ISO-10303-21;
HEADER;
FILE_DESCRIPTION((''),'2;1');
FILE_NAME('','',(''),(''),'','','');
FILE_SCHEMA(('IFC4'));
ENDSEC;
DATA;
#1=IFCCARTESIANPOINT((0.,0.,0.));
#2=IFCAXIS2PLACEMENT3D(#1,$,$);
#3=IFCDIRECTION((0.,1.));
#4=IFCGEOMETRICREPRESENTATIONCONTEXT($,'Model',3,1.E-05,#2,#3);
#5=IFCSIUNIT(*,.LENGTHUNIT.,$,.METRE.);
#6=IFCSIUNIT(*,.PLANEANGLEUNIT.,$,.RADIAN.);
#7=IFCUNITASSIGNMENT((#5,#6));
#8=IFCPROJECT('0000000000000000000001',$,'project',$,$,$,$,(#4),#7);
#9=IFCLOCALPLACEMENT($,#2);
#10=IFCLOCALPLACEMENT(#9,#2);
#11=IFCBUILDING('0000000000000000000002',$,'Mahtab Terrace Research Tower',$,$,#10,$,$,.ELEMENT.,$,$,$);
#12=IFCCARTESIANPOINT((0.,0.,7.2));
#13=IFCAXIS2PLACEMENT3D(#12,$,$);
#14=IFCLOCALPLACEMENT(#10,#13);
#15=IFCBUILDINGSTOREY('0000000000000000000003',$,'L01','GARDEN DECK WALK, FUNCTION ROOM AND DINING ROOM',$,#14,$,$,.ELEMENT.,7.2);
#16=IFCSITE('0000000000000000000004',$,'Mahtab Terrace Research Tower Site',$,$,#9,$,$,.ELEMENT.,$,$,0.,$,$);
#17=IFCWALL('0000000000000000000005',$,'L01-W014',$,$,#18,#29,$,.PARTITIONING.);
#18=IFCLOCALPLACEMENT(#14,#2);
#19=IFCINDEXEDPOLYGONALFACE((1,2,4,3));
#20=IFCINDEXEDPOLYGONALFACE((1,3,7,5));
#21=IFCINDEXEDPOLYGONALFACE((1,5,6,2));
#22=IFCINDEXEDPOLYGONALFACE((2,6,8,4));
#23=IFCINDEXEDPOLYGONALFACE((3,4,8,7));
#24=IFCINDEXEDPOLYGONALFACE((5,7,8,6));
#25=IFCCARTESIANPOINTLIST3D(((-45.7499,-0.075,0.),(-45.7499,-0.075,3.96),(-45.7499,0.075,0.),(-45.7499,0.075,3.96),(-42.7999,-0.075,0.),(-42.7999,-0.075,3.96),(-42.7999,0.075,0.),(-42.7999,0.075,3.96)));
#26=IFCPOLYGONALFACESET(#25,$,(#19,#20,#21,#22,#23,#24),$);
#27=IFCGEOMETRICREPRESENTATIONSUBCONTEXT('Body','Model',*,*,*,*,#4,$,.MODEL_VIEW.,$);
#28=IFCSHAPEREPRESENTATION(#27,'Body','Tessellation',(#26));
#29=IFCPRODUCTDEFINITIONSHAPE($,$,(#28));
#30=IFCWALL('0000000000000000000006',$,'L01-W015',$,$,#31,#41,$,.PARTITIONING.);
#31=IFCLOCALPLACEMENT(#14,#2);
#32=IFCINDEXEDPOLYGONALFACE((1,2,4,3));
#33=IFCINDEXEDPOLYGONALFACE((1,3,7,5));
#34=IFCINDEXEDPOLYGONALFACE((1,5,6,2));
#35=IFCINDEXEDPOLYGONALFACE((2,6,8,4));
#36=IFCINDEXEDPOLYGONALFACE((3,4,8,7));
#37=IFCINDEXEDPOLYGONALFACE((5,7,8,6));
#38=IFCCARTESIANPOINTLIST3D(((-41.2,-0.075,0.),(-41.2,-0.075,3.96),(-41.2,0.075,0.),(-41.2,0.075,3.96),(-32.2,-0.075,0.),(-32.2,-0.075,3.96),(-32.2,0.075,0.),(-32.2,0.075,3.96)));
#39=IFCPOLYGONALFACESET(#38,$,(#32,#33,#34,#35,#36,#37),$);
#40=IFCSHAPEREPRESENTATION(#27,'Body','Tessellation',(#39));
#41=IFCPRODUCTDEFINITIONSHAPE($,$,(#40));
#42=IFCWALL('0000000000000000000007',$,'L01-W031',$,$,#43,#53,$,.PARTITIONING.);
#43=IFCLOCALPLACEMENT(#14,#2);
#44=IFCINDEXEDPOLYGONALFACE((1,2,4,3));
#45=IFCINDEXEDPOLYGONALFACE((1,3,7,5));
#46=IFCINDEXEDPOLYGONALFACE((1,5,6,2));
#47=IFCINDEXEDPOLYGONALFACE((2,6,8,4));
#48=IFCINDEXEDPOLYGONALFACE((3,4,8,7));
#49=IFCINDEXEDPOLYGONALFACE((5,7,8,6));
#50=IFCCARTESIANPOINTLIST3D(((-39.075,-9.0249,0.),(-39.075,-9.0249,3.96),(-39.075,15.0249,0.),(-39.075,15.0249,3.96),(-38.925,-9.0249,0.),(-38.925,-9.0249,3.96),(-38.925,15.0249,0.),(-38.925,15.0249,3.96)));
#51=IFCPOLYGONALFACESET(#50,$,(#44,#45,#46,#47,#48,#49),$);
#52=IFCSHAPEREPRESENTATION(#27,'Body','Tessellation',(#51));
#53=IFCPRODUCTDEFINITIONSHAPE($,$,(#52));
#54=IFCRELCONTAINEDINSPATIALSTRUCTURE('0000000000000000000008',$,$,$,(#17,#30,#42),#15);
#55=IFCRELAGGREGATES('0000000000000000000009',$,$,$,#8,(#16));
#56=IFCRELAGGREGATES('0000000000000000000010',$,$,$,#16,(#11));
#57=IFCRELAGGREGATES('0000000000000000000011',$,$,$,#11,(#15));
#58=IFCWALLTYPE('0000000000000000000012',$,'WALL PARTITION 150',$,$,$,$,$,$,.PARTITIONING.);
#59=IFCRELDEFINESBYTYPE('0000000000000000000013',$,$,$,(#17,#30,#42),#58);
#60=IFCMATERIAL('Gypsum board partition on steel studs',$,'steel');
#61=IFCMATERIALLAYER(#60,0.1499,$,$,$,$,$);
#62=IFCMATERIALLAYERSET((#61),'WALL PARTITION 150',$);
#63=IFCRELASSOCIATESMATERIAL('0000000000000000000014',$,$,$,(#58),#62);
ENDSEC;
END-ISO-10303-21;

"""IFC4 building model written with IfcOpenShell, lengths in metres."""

from ifc_helpers import new_model, si_unit, direction, frame, frame_2d, origin, place, context, subcontext, project, spatial, rectangle, extrude, material, layer, layer_set, type_object, element, save


model = new_model("IFC4")

# Units and contexts
model_context = context("Model", 3, precision=1e-05, world=origin(), true_north=direction((0.0, 1.0)))
body_context = subcontext(model_context, "Body", "Model", "MODEL_VIEW")
ifc_project = project(units=[si_unit("LENGTHUNIT", "METRE"), si_unit("PLANEANGLEUNIT", "RADIAN")], contexts=[model_context])

# Site, building, storey
site_placement = place(None, origin())
site = spatial("IfcSite", under=ifc_project, at=site_placement, Name="Mahtab Terrace Research Tower Site", CompositionType="ELEMENT", RefElevation=0.0)
building_placement = place(site_placement, origin())
building = spatial("IfcBuilding", under=site, at=building_placement, Name="Mahtab Terrace Research Tower", CompositionType="ELEMENT")
storey_placement = place(building_placement, frame((0.0, 0.0, 7.2)))
storey = spatial("IfcBuildingStorey", under=building, at=storey_placement, Name="L01", Description="GARDEN DECK WALK, FUNCTION ROOM AND DINING ROOM", CompositionType="ELEMENT", Elevation=7.2)

# Walls
ifc_material_1 = material(Name="Gypsum board partition on steel studs", Category="steel")
ifc_layer_1 = layer(ifc_material_1, 0.1499)
ifc_layer_set_1 = layer_set([ifc_layer_1], Name="WALL PARTITION 150")
wall_type_1 = type_object("IfcWallType", Name="WALL PARTITION 150", PredefinedType="PARTITIONING", material=ifc_layer_set_1)
wall_1_placement = place(storey_placement, frame((-45.75, 0.0, 0.0), z_axis=(0.0, 0.0, 1.0), x_axis=(1.0, 0.0, 0.0)))
element("IfcWall", 1, at=wall_1_placement, inside=storey, type_object=wall_type_1, Name="L01-W014", PredefinedType="PARTITIONING", context=body_context, shape_type="SweptSolid", body=[
    extrude(rectangle(XDim=2.95, YDim=0.1499, at=frame_2d((1.4751, 0.0))), origin(), (0.0, 0.0, 1.0), 3.96),
])
wall_2_placement = place(storey_placement, frame((-41.2, 0.0, 0.0), z_axis=(0.0, 0.0, 1.0), x_axis=(1.0, 0.0, 0.0)))
element("IfcWall", 2, at=wall_2_placement, inside=storey, type_object=wall_type_1, Name="L01-W015", PredefinedType="PARTITIONING", context=body_context, shape_type="SweptSolid", body=[
    extrude(rectangle(XDim=9.0, YDim=0.1499, at=frame_2d((4.5, 0.0))), origin(), (0.0, 0.0, 1.0), 3.96),
])
wall_3_placement = place(storey_placement, frame((-39.0, -9.0249, 0.0), z_axis=(0.0, 0.0, 1.0), x_axis=(0.0, 1.0, 0.0)))
element("IfcWall", 3, at=wall_3_placement, inside=storey, type_object=wall_type_1, Name="L01-W031", PredefinedType="PARTITIONING", context=body_context, shape_type="SweptSolid", body=[
    extrude(rectangle(XDim=24.0498, YDim=0.1499, at=frame_2d((12.0249, 0.0))), origin(), (0.0, 0.0, 1.0), 3.96),
])

save(model, "model.ifc")
